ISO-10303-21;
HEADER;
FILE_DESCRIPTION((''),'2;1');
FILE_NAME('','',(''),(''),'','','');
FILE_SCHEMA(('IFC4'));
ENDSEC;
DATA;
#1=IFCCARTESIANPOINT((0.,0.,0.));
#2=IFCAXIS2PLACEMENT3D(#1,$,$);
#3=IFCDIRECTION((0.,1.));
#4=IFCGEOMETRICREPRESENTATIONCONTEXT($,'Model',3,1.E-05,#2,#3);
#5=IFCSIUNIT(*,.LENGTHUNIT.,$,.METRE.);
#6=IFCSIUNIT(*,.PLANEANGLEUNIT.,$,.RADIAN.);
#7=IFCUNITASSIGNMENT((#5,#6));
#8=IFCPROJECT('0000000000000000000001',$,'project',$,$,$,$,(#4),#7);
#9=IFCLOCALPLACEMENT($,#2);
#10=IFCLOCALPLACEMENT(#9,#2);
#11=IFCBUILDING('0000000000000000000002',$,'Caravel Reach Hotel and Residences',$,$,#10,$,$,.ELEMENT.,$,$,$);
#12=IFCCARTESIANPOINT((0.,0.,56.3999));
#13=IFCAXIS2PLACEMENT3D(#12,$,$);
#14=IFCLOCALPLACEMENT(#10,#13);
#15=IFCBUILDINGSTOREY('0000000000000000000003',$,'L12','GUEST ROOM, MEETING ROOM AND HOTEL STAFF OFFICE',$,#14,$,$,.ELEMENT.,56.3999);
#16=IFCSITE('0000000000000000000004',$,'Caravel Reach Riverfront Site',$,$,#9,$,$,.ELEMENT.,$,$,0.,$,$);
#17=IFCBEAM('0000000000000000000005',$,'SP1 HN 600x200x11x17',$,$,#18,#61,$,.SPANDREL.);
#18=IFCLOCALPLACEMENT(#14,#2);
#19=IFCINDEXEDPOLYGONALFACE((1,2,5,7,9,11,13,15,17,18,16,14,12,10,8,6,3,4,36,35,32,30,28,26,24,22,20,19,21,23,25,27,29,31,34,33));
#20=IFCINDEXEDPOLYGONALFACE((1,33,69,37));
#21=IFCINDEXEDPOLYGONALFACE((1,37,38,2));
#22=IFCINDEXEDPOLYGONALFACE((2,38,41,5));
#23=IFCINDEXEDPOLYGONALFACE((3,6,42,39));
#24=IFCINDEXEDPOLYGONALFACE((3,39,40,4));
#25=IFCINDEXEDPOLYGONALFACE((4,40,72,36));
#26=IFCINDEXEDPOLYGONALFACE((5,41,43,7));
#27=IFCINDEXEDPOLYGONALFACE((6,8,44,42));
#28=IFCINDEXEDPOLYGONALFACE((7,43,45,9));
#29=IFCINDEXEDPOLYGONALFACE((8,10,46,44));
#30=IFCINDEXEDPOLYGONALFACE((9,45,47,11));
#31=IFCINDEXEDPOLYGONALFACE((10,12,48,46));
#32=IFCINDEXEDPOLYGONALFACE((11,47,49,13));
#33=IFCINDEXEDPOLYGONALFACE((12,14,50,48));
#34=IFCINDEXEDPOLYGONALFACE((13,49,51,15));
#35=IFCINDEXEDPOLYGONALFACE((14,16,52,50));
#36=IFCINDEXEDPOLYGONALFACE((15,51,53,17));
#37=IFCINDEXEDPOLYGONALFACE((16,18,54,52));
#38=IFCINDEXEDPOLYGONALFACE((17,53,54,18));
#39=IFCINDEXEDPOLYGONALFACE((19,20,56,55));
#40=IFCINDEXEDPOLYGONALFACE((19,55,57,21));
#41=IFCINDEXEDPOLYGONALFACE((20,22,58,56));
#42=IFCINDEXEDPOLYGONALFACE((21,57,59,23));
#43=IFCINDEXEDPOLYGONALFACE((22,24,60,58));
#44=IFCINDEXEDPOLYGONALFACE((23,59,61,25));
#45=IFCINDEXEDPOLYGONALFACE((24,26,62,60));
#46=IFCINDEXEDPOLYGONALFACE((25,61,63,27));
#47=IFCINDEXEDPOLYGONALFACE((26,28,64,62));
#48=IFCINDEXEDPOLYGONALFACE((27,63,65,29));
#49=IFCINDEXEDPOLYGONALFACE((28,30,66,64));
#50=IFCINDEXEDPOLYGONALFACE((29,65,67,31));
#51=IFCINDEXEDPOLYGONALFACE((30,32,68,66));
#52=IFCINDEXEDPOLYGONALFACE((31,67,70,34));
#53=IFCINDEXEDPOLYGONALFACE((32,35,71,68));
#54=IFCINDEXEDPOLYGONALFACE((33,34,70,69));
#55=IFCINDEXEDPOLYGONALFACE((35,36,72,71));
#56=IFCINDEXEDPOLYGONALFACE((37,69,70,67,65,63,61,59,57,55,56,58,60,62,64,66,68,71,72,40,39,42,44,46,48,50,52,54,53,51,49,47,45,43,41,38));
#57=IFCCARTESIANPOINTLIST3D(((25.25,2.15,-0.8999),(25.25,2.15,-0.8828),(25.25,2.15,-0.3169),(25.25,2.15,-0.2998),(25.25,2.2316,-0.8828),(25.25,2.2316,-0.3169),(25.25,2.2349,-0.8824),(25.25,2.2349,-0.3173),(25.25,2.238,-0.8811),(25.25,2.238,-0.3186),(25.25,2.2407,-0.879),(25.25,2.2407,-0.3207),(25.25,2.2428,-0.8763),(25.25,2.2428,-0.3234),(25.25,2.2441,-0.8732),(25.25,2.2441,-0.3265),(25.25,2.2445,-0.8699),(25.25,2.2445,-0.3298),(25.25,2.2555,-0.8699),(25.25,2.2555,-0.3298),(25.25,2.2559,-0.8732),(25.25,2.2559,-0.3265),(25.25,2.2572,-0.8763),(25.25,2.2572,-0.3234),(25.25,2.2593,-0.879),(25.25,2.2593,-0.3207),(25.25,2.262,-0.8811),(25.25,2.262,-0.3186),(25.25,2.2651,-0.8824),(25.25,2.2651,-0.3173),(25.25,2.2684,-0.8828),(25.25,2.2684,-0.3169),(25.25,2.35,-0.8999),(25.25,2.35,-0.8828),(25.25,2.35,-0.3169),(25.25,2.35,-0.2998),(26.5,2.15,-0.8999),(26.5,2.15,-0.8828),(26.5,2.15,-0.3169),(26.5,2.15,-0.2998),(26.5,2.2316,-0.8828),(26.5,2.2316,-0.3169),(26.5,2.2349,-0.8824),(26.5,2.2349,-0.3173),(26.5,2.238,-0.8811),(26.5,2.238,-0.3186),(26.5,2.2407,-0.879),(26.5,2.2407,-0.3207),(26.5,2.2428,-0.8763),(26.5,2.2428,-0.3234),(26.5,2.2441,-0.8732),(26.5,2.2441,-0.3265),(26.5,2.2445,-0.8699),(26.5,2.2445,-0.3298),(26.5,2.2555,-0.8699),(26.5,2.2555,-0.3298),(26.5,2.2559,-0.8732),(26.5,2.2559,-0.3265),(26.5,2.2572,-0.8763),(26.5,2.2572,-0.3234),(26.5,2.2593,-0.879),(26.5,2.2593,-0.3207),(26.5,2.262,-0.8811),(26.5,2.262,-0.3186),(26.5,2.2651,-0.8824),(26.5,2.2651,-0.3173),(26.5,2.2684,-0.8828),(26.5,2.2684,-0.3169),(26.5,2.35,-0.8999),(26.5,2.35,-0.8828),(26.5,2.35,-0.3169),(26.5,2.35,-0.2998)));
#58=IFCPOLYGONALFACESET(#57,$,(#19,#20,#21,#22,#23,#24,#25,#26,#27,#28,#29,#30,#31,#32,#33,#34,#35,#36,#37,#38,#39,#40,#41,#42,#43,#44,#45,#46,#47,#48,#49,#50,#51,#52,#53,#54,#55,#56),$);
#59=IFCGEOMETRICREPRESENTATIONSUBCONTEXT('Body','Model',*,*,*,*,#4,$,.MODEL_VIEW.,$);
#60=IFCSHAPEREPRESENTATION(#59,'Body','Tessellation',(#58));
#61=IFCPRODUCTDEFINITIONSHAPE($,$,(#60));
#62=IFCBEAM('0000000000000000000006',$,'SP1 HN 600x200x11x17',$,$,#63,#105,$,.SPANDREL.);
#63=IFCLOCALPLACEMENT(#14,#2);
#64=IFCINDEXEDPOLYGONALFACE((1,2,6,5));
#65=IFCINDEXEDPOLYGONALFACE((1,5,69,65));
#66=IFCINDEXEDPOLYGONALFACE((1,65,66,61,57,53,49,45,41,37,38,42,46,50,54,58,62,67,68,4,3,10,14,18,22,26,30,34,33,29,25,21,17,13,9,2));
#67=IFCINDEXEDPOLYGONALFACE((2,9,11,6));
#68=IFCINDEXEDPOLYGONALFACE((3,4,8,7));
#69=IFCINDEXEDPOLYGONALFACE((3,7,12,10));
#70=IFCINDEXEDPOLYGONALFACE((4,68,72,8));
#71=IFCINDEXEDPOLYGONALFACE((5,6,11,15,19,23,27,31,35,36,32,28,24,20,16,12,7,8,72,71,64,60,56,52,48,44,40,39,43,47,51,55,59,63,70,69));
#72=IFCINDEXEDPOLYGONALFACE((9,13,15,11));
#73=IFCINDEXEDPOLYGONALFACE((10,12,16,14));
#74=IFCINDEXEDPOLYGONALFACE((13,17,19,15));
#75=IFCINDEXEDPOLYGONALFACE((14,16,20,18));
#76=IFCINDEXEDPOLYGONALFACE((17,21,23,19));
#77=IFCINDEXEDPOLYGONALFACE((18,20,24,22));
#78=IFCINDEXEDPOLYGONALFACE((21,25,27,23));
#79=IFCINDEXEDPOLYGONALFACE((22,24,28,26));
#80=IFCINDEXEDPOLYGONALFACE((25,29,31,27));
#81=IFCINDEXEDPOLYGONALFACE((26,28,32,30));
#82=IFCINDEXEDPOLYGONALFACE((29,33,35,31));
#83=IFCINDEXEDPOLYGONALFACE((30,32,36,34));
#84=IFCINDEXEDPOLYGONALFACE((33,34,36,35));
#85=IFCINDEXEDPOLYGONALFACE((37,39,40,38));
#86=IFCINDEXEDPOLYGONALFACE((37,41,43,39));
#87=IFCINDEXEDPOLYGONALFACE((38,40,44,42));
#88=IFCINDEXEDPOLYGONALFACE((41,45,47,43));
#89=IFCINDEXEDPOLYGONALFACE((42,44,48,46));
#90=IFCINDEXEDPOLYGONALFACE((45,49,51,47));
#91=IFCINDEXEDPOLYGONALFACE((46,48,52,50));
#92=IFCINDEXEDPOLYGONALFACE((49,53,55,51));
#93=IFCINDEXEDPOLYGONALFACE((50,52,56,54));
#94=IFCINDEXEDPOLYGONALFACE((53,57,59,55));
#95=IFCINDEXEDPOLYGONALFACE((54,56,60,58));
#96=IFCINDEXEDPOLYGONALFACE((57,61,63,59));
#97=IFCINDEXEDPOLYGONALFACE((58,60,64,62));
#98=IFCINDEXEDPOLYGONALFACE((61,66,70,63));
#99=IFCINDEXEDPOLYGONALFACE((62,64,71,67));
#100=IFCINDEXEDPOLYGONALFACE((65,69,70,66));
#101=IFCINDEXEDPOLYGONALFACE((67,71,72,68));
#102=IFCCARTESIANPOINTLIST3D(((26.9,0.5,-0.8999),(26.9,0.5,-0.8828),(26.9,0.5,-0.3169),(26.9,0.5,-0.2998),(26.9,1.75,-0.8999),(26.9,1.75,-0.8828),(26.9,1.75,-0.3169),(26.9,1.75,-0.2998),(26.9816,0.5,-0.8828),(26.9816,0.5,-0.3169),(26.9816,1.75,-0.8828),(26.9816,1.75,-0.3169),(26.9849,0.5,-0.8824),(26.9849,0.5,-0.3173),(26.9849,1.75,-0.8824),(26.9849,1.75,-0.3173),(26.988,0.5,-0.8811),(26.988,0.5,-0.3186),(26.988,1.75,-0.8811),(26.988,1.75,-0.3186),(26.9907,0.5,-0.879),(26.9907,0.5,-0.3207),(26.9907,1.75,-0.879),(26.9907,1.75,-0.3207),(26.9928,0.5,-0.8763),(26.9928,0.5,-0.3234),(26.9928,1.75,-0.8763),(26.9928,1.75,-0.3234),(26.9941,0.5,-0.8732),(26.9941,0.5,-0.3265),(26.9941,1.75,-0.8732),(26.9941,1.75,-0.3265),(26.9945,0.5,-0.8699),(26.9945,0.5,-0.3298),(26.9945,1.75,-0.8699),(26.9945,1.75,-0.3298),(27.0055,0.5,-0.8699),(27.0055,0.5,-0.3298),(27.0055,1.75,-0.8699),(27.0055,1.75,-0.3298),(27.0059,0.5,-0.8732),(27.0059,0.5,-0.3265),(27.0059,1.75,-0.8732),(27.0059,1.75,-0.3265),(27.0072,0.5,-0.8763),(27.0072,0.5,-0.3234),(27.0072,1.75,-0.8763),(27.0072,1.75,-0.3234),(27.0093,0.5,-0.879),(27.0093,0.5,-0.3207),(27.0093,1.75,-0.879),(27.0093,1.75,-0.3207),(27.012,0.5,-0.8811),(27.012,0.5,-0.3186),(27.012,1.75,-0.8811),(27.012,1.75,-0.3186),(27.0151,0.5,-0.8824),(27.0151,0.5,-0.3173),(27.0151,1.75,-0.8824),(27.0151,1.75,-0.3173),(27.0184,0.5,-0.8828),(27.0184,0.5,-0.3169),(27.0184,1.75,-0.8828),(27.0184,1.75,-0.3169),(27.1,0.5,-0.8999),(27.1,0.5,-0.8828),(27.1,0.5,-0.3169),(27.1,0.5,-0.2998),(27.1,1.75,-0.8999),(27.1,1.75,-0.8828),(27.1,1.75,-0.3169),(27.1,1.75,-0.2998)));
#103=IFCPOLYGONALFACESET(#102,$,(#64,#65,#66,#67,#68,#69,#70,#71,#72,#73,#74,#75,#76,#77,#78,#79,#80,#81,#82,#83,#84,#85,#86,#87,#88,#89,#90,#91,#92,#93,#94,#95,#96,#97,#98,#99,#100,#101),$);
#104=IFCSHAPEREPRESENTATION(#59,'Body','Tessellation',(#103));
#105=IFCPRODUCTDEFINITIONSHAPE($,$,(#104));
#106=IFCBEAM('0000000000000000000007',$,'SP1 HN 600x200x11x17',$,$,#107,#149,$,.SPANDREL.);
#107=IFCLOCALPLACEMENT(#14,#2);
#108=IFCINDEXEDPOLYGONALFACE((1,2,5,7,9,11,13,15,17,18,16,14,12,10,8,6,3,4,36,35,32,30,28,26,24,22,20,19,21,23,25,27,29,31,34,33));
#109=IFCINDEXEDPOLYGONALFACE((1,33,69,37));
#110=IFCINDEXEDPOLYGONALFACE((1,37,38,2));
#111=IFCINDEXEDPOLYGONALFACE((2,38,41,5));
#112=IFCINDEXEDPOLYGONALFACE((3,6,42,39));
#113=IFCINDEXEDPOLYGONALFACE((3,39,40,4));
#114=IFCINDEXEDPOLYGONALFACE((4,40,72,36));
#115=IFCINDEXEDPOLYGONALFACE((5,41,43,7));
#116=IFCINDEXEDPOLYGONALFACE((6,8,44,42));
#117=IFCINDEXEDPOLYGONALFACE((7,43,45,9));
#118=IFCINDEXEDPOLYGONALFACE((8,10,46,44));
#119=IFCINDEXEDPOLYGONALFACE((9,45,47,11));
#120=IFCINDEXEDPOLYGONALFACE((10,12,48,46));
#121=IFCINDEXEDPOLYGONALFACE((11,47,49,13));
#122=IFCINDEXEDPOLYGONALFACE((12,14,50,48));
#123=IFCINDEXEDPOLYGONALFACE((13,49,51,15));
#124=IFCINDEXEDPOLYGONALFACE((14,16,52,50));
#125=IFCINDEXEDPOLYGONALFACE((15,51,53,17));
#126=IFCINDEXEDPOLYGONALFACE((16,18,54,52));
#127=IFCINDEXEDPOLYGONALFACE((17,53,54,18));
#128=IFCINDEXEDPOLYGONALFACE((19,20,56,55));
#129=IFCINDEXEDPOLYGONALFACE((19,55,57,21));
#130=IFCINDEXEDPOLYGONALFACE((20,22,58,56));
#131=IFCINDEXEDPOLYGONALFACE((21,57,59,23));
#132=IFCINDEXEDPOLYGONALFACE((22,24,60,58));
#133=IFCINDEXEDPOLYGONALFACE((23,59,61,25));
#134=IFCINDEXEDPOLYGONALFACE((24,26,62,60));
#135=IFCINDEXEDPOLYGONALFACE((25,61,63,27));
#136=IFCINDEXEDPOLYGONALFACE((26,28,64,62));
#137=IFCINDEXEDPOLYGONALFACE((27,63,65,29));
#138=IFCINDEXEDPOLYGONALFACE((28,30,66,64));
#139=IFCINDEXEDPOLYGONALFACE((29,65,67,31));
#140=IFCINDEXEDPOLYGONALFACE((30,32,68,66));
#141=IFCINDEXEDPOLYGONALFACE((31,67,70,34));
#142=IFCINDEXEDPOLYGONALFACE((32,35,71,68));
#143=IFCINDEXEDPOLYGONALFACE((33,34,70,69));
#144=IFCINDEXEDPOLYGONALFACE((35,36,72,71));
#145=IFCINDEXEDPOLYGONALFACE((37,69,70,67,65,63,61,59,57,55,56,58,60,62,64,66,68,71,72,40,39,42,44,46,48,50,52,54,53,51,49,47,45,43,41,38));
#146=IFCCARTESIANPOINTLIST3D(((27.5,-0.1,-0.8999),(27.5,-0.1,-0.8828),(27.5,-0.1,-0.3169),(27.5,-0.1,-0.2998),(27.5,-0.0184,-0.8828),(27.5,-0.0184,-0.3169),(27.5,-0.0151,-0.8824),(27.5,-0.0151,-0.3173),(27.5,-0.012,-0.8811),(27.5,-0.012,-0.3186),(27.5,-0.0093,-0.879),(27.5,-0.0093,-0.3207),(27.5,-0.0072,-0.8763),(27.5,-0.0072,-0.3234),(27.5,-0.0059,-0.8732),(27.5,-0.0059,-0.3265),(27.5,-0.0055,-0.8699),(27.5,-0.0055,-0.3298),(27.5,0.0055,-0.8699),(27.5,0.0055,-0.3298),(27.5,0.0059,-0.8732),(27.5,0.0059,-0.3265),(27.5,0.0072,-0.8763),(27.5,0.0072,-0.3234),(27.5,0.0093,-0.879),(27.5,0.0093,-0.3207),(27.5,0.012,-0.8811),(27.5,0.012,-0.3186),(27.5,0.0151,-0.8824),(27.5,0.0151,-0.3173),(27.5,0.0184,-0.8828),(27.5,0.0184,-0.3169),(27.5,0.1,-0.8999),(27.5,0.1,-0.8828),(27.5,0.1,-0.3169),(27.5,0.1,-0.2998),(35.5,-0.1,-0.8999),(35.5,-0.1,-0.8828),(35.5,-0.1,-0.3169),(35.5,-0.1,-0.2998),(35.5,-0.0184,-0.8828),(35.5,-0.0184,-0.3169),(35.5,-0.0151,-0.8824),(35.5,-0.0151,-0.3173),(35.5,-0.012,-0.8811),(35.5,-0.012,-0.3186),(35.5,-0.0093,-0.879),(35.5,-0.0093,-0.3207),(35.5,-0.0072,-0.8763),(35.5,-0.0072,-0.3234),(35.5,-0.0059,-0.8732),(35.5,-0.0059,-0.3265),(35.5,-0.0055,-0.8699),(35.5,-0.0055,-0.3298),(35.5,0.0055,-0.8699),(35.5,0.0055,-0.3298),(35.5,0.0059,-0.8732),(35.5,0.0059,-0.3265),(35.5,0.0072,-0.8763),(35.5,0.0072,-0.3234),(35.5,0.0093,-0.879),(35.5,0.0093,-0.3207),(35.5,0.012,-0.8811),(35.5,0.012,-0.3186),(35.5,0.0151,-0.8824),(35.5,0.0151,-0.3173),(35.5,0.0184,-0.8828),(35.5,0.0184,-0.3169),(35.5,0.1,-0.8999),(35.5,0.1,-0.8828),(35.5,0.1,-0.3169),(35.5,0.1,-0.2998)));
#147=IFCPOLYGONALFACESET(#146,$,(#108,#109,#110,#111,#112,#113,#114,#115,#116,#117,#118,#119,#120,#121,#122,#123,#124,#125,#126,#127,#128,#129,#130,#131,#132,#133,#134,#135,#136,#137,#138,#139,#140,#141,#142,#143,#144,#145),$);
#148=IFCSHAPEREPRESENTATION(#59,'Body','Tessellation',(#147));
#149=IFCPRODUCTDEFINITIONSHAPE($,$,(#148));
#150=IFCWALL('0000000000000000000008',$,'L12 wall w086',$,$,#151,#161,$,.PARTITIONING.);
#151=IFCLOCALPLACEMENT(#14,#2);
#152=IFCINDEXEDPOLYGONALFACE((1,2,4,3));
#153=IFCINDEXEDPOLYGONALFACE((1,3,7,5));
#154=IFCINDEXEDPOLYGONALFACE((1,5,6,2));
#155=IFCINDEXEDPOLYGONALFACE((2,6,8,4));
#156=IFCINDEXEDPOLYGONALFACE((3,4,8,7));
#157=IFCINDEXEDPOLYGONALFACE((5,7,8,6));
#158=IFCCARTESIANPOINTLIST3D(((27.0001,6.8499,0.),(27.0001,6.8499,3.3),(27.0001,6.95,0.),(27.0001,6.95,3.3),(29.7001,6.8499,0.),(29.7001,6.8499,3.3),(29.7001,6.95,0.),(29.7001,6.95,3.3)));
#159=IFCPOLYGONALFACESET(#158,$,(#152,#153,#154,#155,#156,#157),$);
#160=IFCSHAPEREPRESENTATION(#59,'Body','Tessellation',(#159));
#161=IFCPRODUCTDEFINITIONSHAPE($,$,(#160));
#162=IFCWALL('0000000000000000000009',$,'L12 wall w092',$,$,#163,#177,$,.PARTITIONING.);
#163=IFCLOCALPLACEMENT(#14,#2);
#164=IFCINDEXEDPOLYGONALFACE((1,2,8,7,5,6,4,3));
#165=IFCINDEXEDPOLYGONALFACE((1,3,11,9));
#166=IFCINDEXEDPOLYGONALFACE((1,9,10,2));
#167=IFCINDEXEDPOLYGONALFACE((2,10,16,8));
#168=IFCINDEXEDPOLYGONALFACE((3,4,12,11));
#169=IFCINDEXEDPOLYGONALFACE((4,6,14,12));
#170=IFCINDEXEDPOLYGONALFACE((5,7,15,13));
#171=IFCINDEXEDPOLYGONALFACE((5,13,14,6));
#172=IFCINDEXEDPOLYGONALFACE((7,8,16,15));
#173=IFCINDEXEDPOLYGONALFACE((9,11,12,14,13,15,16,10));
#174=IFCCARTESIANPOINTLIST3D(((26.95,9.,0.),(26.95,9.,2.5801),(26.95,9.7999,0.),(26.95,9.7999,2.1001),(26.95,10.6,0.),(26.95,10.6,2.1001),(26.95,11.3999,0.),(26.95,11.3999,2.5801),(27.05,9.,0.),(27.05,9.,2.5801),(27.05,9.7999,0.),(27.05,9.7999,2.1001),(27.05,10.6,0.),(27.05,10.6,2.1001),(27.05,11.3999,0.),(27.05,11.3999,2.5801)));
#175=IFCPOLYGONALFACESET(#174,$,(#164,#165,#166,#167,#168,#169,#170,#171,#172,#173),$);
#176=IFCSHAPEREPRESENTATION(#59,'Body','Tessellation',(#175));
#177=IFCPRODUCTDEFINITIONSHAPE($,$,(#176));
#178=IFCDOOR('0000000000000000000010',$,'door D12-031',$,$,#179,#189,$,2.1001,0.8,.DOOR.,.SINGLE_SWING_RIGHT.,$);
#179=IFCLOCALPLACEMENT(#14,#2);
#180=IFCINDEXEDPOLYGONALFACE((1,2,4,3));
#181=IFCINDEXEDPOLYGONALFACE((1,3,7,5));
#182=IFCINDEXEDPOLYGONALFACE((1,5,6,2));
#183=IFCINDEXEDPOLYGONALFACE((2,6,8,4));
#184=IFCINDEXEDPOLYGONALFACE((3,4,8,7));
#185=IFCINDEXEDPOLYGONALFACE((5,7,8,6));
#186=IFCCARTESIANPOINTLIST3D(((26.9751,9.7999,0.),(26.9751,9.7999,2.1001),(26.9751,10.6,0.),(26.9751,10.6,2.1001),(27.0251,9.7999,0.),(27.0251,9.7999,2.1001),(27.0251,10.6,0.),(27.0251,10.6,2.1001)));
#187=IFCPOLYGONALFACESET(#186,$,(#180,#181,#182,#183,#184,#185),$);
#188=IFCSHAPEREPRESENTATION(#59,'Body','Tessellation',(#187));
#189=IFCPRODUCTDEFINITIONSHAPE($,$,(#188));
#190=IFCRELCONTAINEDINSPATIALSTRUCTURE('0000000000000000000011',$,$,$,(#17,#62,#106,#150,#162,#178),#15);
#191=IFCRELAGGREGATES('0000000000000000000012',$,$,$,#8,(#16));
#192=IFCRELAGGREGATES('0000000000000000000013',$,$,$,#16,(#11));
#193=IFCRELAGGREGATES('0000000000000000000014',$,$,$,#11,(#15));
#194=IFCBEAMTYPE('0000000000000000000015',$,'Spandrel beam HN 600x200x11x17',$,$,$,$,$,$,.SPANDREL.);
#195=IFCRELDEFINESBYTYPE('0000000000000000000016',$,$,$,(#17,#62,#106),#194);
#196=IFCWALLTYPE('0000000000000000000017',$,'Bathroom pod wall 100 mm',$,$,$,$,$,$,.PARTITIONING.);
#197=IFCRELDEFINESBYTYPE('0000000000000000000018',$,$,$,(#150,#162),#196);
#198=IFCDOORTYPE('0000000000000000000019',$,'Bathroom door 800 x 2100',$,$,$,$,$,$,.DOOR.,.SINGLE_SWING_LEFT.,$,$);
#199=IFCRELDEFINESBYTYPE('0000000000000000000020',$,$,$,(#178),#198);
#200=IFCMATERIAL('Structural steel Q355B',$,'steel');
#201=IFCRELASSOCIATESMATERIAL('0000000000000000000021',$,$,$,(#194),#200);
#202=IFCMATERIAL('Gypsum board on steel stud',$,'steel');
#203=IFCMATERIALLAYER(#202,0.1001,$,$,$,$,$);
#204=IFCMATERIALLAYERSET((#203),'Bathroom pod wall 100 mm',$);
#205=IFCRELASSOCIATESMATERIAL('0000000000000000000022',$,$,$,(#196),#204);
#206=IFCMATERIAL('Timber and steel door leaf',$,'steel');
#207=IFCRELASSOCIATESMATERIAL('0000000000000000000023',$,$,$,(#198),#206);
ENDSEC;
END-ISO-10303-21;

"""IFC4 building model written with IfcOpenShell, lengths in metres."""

from ifc_helpers import new_model, si_unit, direction, frame, frame_2d, origin, origin_2d, place, context, subcontext, project, spatial, rectangle, i_section, extrude, material, layer, layer_set, material_profile, profile_set, type_object, element, fill, save


model = new_model("IFC4")

# Units and contexts
model_context = context("Model", 3, precision=1e-05, world=origin(), true_north=direction((0.0, 1.0)))
body_context = subcontext(model_context, "Body", "Model", "MODEL_VIEW")
ifc_project = project(units=[si_unit("LENGTHUNIT", "METRE"), si_unit("PLANEANGLEUNIT", "RADIAN")], contexts=[model_context])

# Site, building, storey
site_placement = place(None, origin())
site = spatial("IfcSite", under=ifc_project, at=site_placement, Name="Caravel Reach Riverfront Site", CompositionType="ELEMENT", RefElevation=0.0)
building_placement = place(site_placement, origin())
building = spatial("IfcBuilding", under=site, at=building_placement, Name="Caravel Reach Hotel and Residences", CompositionType="ELEMENT")
storey_placement = place(building_placement, frame((0.0, 0.0, 56.3999)))
storey = spatial("IfcBuildingStorey", under=building, at=storey_placement, Name="L12", Description="GUEST ROOM, MEETING ROOM AND HOTEL STAFF OFFICE", CompositionType="ELEMENT", Elevation=56.3999)

# Beams
ifc_material_1 = material(Name="Structural steel Q355B", Category="steel")
ifc_material_profile_1 = material_profile(ifc_material_1, i_section(OverallWidth=0.2, OverallDepth=0.6001, WebThickness=0.011, FlangeThickness=0.0171, FilletRadius=0.0129, at=origin_2d()), Name="HN 600x200x11x17")
ifc_profile_set_1 = profile_set([ifc_material_profile_1], Name="Structural steel Q355B")
beam_type = type_object("IfcBeamType", Name="Spandrel beam HN 600x200x11x17", PredefinedType="SPANDREL", material=ifc_profile_set_1)
for number, where, z_axis, x_axis, name in (
    (1, (25.25, 2.25, -0.5999), (1.0, 0.0, 0.0), (0.0, 1.0, 0.0), "SP1 HN 600x200x11x17"),
    (2, (27.0, 1.75, -0.5999), (0.0, -1.0, 0.0), (1.0, 0.0, 0.0), "SP1 HN 600x200x11x17"),
):
    element("IfcBeam", number, at=place(storey_placement, frame(where, z_axis=z_axis, x_axis=x_axis)), inside=storey, type_object=beam_type, Name=name, PredefinedType="SPANDREL", context=body_context, shape_type="SweptSolid", body=[
        extrude(i_section(OverallWidth=0.2, OverallDepth=0.6001, WebThickness=0.011, FlangeThickness=0.0171, FilletRadius=0.0129, at=origin_2d()), origin(), (0.0, 0.0, 1.0), 1.25),
    ])
beam_placement = place(storey_placement, frame((27.5, 0.0, -0.5999), z_axis=(1.0, 0.0, 0.0), x_axis=(0.0, 1.0, 0.0)))
element("IfcBeam", 3, at=beam_placement, inside=storey, type_object=beam_type, Name="SP1 HN 600x200x11x17", PredefinedType="SPANDREL", context=body_context, shape_type="SweptSolid", body=[
    extrude(i_section(OverallWidth=0.2, OverallDepth=0.6001, WebThickness=0.011, FlangeThickness=0.0171, FilletRadius=0.0129, at=origin_2d()), origin(), (0.0, 0.0, 1.0), 8.0),
])

# Wall
ifc_material_2 = material(Name="Gypsum board on steel stud", Category="steel")
ifc_layer_1 = layer(ifc_material_2, 0.1001)
ifc_layer_set_1 = layer_set([ifc_layer_1], Name="Bathroom pod wall 100 mm")
wall_type_1 = type_object("IfcWallType", Name="Bathroom pod wall 100 mm", PredefinedType="PARTITIONING", material=ifc_layer_set_1)
wall_1_placement = place(storey_placement, frame((27.0, 6.8999, 0.0), z_axis=(0.0, 0.0, 1.0), x_axis=(1.0, 0.0, 0.0)))
element("IfcWall", 4, at=wall_1_placement, inside=storey, type_object=wall_type_1, Name="L12 wall w086", PredefinedType="PARTITIONING", context=body_context, shape_type="SweptSolid", body=[
    extrude(rectangle(XDim=2.7, YDim=0.1001, at=frame_2d((1.3501, 0.0))), origin(), (0.0, 0.0, 1.0), 3.3),
])

# Wall, opening, door
wall_2_placement = place(storey_placement, frame((27.0, 9.0, 0.0), z_axis=(0.0, 0.0, 1.0), x_axis=(0.0, 1.0, 0.0)))
wall_2 = element("IfcWall", 5, at=wall_2_placement, inside=storey, type_object=wall_type_1, Name="L12 wall w092", PredefinedType="PARTITIONING", context=body_context, shape_type="SweptSolid", body=[
    extrude(rectangle(XDim=2.3999, YDim=0.1001, at=frame_2d((1.2, 0.0))), origin(), (0.0, 0.0, 1.0), 2.5801),
])
opening_1_placement = place(wall_2_placement, frame((0.8, 0.0, 0.0)))
opening_1 = element("IfcOpeningElement", 6, at=opening_1_placement, cuts=wall_2, PredefinedType="OPENING", context=body_context, shape_type="SweptSolid", body=[
    extrude(rectangle(XDim=0.8, YDim=2.1001, at=frame_2d((0.3999, 1.05))), frame((0.0, 0.0601, 0.0), z_axis=(0.0, -1.0, 0.0), x_axis=(1.0, 0.0, 0.0)), (0.0, 0.0, 1.0), 0.1201),
])
ifc_material_3 = material(Name="Timber and steel door leaf", Category="steel")
door_type_1 = type_object("IfcDoorType", Name="Bathroom door 800 x 2100", OperationType="SINGLE_SWING_LEFT", PredefinedType="DOOR", material=ifc_material_3)
door_1_placement = place(opening_1_placement, origin())
door_1 = element("IfcDoor", 7, at=door_1_placement, inside=storey, type_object=door_type_1, Name="door D12-031", OperationType="SINGLE_SWING_RIGHT", OverallHeight=2.1001, OverallWidth=0.8, PredefinedType="DOOR", context=body_context, shape_type="SweptSolid", body=[
    extrude(rectangle(XDim=0.8, YDim=2.1001, at=frame_2d((0.3999, 1.05))), frame((0.0, 0.0249, 0.0), z_axis=(0.0, -1.0, 0.0), x_axis=(1.0, 0.0, 0.0)), (0.0, 0.0, 1.0), 0.05),
])
fill(opening_1, door_1)

save(model, "model.ifc")
